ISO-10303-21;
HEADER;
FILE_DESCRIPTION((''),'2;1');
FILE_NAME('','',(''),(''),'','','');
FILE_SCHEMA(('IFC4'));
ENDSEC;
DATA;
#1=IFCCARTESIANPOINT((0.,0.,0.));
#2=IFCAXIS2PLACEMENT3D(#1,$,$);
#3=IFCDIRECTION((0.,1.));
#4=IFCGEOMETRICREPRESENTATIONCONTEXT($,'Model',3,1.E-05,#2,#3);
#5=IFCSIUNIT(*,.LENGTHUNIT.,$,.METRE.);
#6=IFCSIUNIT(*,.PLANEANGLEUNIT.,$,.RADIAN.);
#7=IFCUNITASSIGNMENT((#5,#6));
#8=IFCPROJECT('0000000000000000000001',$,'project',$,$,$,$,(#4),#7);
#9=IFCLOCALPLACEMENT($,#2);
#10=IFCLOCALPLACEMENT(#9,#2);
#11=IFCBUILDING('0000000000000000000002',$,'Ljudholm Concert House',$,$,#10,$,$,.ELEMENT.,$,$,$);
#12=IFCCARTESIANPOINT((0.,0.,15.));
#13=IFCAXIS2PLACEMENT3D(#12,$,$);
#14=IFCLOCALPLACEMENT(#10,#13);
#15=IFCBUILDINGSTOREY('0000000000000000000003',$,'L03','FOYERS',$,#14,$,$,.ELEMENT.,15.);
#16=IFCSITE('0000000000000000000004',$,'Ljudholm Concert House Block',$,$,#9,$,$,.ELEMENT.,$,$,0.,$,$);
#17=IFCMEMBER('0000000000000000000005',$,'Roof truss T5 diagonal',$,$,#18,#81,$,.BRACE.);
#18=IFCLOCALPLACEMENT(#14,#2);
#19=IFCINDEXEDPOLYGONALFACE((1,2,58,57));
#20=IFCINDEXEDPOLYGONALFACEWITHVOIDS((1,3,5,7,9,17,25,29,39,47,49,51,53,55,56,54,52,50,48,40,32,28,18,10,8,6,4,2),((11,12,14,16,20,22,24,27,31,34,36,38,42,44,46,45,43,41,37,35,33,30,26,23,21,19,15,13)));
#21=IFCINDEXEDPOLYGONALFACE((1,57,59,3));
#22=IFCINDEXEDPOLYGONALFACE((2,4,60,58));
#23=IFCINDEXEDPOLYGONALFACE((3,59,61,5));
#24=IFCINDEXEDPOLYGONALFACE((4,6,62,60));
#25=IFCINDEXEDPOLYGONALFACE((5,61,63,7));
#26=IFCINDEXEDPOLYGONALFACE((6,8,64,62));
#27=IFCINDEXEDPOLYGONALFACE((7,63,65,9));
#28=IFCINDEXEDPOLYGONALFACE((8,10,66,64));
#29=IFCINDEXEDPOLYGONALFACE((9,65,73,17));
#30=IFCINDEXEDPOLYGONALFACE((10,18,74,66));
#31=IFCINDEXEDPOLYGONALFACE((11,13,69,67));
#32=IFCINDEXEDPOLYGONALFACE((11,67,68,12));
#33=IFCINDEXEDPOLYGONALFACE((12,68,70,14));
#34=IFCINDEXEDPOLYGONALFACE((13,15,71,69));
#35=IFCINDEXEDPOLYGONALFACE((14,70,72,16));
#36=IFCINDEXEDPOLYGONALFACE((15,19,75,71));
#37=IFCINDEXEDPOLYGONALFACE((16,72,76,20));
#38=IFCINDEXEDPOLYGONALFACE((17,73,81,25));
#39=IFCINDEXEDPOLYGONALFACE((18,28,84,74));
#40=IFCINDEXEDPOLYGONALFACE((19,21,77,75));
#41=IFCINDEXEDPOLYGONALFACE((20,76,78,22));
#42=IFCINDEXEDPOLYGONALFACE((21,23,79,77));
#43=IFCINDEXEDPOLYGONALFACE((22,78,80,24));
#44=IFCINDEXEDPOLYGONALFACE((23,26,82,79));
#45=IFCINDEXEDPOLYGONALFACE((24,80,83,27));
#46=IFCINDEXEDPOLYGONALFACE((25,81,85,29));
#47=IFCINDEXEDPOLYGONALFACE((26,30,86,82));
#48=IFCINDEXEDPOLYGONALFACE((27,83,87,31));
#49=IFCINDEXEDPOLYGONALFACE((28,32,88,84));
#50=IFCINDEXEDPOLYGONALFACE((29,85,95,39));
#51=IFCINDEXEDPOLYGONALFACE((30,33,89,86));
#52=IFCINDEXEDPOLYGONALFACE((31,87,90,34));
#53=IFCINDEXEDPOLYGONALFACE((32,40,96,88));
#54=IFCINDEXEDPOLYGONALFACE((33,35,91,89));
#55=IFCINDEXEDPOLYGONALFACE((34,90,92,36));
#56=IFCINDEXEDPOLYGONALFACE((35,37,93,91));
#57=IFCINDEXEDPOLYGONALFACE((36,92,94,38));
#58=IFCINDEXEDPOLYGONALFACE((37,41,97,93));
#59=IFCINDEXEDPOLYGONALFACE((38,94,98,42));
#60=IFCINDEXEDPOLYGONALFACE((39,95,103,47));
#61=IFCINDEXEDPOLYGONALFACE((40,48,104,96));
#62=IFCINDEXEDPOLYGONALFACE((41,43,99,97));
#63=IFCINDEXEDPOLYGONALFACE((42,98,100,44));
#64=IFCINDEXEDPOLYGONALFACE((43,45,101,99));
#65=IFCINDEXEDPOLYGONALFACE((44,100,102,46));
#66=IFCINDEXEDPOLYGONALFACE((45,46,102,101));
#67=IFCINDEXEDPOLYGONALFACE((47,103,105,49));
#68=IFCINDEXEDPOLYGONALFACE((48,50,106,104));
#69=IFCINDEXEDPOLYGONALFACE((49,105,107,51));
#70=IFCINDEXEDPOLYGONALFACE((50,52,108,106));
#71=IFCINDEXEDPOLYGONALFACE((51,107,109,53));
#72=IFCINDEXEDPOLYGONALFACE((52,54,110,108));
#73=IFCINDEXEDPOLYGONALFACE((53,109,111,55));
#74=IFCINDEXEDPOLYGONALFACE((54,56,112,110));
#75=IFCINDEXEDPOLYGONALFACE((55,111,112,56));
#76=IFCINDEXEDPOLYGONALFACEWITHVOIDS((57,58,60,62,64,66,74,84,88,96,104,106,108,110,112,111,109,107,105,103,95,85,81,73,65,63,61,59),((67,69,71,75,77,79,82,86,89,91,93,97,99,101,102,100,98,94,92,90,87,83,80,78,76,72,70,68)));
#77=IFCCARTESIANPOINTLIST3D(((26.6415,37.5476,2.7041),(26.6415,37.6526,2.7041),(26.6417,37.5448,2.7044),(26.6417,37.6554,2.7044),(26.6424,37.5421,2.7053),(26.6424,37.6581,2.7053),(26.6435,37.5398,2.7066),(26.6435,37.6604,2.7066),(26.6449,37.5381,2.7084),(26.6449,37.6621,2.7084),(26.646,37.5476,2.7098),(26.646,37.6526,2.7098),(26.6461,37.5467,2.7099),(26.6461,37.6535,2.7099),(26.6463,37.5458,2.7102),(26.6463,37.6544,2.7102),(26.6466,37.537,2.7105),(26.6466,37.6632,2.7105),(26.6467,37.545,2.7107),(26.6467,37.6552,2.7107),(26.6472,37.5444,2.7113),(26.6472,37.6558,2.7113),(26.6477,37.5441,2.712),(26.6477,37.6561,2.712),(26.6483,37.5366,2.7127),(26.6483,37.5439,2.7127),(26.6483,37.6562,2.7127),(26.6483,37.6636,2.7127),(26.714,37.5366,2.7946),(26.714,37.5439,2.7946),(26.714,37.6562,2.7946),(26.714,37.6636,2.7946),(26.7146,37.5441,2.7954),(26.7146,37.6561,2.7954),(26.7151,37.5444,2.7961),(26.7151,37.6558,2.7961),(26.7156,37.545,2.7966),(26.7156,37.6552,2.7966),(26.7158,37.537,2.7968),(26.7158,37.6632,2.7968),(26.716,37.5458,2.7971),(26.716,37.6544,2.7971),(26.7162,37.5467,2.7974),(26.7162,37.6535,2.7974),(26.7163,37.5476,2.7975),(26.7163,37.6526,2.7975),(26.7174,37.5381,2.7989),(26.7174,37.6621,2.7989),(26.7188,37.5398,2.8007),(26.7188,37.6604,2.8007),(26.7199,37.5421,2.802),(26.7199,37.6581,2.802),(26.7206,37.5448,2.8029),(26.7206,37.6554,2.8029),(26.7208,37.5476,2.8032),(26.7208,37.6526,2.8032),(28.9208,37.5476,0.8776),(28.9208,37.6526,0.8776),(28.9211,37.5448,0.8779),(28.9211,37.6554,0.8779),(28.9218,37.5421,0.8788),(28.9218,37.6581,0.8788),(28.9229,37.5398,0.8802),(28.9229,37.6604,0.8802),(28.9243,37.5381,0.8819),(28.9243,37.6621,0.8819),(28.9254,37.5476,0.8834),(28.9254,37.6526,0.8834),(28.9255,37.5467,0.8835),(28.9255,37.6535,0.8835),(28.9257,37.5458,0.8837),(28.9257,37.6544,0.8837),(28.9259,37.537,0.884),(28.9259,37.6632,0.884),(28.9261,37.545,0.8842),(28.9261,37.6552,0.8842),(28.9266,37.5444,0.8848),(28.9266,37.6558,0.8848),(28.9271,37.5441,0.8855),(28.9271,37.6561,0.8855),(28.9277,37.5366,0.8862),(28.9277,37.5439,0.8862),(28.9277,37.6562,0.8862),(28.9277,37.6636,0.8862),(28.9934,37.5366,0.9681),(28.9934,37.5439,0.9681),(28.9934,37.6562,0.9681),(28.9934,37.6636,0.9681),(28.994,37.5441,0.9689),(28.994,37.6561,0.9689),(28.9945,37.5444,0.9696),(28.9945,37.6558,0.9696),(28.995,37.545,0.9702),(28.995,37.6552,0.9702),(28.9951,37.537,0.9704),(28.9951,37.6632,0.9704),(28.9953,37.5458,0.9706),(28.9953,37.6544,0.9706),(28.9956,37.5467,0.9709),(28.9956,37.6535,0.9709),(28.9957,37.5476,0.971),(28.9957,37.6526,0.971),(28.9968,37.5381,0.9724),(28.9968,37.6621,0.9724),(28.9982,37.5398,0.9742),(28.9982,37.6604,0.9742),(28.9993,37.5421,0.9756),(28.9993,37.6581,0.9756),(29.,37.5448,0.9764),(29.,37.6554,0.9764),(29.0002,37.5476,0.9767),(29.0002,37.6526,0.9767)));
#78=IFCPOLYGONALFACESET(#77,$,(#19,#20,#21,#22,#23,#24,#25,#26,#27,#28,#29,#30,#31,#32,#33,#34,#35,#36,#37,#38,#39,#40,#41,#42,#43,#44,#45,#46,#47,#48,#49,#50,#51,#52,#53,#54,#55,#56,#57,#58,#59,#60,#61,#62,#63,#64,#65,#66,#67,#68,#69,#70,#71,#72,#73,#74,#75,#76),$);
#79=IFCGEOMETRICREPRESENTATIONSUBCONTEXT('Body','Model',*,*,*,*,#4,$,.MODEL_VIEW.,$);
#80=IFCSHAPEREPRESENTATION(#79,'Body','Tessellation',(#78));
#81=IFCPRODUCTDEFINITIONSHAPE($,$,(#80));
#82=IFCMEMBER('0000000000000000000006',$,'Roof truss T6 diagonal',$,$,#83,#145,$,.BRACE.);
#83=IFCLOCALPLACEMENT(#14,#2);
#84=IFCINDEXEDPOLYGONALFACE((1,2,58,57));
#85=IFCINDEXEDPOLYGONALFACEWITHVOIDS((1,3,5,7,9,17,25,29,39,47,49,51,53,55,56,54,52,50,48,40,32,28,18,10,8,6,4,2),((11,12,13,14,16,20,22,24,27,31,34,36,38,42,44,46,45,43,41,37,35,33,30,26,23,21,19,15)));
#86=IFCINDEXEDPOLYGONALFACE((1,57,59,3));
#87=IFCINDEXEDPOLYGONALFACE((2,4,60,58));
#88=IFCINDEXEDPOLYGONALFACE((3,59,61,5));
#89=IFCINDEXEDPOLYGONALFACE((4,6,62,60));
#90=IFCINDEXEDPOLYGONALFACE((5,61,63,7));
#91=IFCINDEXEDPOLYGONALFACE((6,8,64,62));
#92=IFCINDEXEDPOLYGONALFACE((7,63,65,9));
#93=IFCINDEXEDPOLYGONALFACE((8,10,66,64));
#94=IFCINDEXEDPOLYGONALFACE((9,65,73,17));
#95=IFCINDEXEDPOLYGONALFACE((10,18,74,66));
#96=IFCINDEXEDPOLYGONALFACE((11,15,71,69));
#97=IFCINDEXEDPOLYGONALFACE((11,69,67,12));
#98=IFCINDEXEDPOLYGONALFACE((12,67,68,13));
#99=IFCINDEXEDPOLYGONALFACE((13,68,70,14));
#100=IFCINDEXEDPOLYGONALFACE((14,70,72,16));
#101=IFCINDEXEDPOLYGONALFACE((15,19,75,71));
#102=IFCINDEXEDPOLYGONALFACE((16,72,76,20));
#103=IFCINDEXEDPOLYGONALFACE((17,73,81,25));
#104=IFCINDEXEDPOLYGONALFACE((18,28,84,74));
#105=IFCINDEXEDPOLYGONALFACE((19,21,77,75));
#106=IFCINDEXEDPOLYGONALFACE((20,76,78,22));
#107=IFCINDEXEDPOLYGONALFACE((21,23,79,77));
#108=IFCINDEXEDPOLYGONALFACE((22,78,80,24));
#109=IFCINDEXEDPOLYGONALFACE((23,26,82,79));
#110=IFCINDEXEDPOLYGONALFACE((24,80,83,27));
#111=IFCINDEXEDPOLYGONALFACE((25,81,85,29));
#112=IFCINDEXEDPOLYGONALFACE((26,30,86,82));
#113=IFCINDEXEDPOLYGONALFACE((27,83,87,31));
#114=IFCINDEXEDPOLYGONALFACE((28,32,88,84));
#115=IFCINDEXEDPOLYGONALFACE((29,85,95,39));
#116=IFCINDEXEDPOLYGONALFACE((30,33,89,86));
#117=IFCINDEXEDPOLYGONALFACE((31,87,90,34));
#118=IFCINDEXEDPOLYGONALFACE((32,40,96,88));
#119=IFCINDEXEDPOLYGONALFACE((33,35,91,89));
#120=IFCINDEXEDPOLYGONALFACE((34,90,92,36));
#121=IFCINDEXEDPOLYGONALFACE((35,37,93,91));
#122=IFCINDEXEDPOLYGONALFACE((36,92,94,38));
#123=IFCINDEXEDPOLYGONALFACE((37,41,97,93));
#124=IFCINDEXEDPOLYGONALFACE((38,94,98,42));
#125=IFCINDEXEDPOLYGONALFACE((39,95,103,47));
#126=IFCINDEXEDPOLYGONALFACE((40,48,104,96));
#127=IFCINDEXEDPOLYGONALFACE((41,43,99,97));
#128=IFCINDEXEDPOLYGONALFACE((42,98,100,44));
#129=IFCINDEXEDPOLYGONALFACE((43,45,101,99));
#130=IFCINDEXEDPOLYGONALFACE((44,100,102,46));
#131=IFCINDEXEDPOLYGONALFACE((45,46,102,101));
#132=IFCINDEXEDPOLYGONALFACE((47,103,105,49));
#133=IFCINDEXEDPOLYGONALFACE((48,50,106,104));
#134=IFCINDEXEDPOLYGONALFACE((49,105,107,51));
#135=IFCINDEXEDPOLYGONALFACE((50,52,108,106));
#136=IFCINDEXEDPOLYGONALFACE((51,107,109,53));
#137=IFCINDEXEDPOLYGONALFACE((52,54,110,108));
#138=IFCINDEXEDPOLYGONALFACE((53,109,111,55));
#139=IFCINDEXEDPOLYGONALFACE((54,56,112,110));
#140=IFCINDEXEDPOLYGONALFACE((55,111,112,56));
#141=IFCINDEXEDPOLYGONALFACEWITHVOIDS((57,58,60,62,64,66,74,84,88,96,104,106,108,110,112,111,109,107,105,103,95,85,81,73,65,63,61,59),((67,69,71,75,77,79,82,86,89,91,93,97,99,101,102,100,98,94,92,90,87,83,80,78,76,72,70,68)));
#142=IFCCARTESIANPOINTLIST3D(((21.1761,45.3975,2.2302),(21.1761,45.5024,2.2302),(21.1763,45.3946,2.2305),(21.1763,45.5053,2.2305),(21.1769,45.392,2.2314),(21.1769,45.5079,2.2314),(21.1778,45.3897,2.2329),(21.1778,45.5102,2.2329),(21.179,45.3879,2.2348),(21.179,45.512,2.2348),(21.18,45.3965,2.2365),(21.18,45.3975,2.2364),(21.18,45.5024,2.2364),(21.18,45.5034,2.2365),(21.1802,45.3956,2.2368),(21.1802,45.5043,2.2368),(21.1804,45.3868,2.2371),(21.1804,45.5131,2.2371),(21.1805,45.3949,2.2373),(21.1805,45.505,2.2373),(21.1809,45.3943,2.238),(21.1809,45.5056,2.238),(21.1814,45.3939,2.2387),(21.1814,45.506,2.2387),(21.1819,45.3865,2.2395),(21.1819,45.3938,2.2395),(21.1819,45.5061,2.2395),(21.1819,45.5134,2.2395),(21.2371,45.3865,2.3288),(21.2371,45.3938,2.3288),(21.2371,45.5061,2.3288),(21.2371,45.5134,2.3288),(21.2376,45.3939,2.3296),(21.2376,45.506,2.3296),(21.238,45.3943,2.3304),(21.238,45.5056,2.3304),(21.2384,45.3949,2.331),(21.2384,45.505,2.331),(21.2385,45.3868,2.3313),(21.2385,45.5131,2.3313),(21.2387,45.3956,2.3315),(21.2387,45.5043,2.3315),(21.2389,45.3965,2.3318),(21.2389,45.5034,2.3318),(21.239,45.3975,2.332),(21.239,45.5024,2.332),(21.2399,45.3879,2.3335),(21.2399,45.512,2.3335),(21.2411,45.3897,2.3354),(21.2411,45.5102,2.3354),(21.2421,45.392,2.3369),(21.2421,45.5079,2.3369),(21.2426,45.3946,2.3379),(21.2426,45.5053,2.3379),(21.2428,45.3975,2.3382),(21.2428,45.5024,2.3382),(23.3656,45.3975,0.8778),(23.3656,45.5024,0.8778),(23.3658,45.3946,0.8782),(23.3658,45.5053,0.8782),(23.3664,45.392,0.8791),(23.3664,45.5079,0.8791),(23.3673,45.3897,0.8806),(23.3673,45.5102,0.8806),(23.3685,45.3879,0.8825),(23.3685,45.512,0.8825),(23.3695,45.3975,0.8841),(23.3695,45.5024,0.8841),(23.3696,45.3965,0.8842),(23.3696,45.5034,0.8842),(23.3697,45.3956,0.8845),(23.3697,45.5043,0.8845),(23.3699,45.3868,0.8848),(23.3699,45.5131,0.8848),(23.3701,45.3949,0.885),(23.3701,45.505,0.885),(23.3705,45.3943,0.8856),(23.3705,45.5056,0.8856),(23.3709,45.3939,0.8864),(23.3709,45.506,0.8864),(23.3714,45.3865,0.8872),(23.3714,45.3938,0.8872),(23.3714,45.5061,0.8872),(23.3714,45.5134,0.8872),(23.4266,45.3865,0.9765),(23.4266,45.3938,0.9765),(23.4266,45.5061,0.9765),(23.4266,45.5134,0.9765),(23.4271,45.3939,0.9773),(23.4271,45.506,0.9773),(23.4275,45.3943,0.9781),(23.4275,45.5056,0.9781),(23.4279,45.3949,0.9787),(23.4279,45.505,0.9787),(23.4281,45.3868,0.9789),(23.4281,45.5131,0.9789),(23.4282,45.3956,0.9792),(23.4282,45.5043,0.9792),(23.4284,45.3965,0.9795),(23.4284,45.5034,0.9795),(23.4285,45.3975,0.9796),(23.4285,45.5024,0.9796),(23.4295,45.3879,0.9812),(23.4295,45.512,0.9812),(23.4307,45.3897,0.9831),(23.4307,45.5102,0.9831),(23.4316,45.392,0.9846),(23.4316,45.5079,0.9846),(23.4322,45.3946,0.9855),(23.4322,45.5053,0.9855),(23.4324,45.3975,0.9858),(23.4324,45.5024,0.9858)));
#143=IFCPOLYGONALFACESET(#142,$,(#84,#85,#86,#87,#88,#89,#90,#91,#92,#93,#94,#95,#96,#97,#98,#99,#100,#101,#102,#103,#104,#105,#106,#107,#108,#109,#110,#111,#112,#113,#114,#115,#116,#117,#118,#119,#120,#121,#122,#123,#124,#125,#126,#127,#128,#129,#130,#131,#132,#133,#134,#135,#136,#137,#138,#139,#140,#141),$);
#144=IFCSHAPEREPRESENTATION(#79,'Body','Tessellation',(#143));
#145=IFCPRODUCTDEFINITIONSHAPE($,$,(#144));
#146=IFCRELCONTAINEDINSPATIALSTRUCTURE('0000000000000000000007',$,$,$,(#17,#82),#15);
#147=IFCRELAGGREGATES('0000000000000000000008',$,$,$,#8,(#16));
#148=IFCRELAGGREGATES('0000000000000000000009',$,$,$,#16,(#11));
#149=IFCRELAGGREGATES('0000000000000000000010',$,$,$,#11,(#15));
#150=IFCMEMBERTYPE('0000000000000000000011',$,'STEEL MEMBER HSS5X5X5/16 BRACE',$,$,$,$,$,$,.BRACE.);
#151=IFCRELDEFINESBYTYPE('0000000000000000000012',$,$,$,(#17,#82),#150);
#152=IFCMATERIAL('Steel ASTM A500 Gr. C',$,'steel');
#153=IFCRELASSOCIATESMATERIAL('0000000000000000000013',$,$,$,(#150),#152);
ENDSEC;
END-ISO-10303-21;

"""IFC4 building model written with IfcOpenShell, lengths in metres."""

from ifc_helpers import new_model, si_unit, direction, frame, origin, origin_2d, place, context, subcontext, project, spatial, hollow_rectangle, extrude, material, material_profile, profile_set, type_object, element, save


model = new_model("IFC4")

# Units and contexts
model_context = context("Model", 3, precision=1e-05, world=origin(), true_north=direction((0.0, 1.0)))
body_context = subcontext(model_context, "Body", "Model", "MODEL_VIEW")
ifc_project = project(units=[si_unit("LENGTHUNIT", "METRE"), si_unit("PLANEANGLEUNIT", "RADIAN")], contexts=[model_context])

# Site, building, storey
site_placement = place(None, origin())
site = spatial("IfcSite", under=ifc_project, at=site_placement, Name="Ljudholm Concert House Block", CompositionType="ELEMENT", RefElevation=0.0)
building_placement = place(site_placement, origin())
building = spatial("IfcBuilding", under=site, at=building_placement, Name="Ljudholm Concert House", CompositionType="ELEMENT")
storey_placement = place(building_placement, frame((0.0, 0.0, 15.0)))
storey = spatial("IfcBuildingStorey", under=building, at=storey_placement, Name="L03", Description="FOYERS", CompositionType="ELEMENT", Elevation=15.0)

# Members
ifc_material_1 = material(Name="Steel ASTM A500 Gr. C", Category="steel")
ifc_material_profile_1 = material_profile(ifc_material_1, hollow_rectangle(XDim=0.127, YDim=0.127, WallThickness=0.0073, InnerFilletRadius=0.0037, OuterFilletRadius=0.011, at=origin_2d()), Name="HSS5X5X5/16")
ifc_profile_set_1 = profile_set([ifc_material_profile_1], Name="Steel ASTM A500 Gr. C")
member_type_1 = type_object("IfcMemberType", Name="STEEL MEMBER HSS5X5X5/16 BRACE", PredefinedType="BRACE", material=ifc_profile_set_1)
member_1_placement = place(storey_placement, frame((26.6812, 37.6001, 2.7537), z_axis=(0.780371, 0.0, -0.625317), x_axis=(0.0, 1.0, 0.0)))
element("IfcMember", 1, at=member_1_placement, inside=storey, type_object=member_type_1, Name="Roof truss T5 diagonal", PredefinedType="BRACE", context=body_context, shape_type="SweptSolid", body=[
    extrude(hollow_rectangle(XDim=0.127, YDim=0.127, WallThickness=0.0073, InnerFilletRadius=0.0037, OuterFilletRadius=0.011, at=origin_2d()), origin(), (0.0, 0.0, 1.0), 2.9209),
])
member_2_placement = place(storey_placement, frame((21.2095, 45.45, 2.2842), z_axis=(0.8508, 0.0, -0.525489), x_axis=(0.0, 1.0, 0.0)))
element("IfcMember", 2, at=member_2_placement, inside=storey, type_object=member_type_1, Name="Roof truss T6 diagonal", PredefinedType="BRACE", context=body_context, shape_type="SweptSolid", body=[
    extrude(hollow_rectangle(XDim=0.127, YDim=0.127, WallThickness=0.0073, InnerFilletRadius=0.0037, OuterFilletRadius=0.011, at=origin_2d()), origin(), (0.0, 0.0, 1.0), 2.5735),
])

save(model, "model.ifc")
